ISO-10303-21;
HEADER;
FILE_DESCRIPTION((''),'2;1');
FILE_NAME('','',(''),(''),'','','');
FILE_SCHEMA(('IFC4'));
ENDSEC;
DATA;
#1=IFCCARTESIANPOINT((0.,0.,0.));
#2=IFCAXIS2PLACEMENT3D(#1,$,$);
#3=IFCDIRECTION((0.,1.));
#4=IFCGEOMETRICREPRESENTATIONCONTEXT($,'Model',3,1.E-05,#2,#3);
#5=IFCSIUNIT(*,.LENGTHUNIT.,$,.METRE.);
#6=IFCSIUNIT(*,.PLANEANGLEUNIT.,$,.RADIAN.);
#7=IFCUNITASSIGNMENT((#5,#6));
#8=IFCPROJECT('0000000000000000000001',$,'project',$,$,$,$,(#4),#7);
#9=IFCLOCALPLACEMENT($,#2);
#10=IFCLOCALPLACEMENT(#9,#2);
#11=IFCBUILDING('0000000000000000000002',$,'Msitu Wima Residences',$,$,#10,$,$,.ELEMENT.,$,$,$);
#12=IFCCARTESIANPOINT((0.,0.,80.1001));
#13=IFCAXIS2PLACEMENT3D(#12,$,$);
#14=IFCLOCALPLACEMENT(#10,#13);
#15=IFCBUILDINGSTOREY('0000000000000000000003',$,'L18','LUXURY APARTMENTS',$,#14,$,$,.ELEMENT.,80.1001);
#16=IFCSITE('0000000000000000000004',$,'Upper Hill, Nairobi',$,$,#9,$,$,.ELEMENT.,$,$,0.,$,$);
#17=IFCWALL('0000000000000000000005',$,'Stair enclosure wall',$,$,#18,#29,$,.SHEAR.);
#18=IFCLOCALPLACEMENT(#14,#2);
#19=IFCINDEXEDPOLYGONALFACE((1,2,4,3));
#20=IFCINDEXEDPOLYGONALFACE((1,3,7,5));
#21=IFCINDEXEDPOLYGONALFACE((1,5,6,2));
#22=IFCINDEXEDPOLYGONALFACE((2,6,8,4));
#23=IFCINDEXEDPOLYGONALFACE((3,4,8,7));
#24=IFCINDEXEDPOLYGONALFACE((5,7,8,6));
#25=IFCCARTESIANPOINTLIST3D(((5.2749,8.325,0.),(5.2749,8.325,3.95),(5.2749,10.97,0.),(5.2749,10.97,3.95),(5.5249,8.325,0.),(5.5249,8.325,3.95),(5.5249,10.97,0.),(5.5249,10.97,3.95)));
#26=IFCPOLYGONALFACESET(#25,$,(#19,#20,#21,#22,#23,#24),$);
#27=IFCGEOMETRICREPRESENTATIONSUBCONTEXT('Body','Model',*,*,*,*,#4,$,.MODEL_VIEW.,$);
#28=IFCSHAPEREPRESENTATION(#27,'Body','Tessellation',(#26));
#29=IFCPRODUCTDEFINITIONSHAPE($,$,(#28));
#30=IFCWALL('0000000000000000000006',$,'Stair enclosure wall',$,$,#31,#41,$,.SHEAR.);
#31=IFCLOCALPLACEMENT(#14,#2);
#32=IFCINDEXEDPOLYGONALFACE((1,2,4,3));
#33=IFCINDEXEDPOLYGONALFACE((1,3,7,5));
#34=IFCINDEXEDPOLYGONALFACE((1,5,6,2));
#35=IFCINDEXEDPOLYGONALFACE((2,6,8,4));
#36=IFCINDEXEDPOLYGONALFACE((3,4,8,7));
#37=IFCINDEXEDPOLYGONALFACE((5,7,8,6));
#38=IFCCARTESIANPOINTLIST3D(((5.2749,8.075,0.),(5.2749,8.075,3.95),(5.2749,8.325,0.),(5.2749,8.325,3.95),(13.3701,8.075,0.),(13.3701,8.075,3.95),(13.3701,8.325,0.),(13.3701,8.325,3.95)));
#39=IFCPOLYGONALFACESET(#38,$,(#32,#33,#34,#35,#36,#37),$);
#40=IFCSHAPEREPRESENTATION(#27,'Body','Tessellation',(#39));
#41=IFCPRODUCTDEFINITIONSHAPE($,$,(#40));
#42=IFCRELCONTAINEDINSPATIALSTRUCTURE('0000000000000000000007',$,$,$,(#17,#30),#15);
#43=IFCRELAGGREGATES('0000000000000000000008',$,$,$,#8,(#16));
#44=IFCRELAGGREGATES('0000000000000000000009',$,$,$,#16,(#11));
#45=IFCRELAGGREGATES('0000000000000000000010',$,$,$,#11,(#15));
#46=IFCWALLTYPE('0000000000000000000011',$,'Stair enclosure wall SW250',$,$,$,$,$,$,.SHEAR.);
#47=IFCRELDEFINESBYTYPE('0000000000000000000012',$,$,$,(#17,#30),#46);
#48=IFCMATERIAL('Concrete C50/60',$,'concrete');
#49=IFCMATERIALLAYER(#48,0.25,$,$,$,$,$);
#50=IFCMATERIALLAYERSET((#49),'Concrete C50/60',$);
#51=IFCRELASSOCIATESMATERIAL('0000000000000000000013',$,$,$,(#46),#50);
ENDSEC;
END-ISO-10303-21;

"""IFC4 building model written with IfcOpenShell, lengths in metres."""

from ifc_helpers import new_model, si_unit, direction, frame, frame_2d, origin, place, context, subcontext, project, spatial, rectangle, extrude, material, layer, layer_set, type_object, element, save


model = new_model("IFC4")

# Units and contexts
model_context = context("Model", 3, precision=1e-05, world=origin(), true_north=direction((0.0, 1.0)))
body_context = subcontext(model_context, "Body", "Model", "MODEL_VIEW")
ifc_project = project(units=[si_unit("LENGTHUNIT", "METRE"), si_unit("PLANEANGLEUNIT", "RADIAN")], contexts=[model_context])

# Site, building, storey
site_placement = place(None, origin())
site = spatial("IfcSite", under=ifc_project, at=site_placement, Name="Upper Hill, Nairobi", CompositionType="ELEMENT", RefElevation=0.0)
building_placement = place(site_placement, origin())
building = spatial("IfcBuilding", under=site, at=building_placement, Name="Msitu Wima Residences", CompositionType="ELEMENT")
storey_placement = place(building_placement, frame((0.0, 0.0, 80.1001)))
storey = spatial("IfcBuildingStorey", under=building, at=storey_placement, Name="L18", Description="LUXURY APARTMENTS", CompositionType="ELEMENT", Elevation=80.1001)

# Walls
ifc_material_1 = material(Name="Concrete C50/60", Category="concrete")
ifc_layer_1 = layer(ifc_material_1, 0.25)
ifc_layer_set_1 = layer_set([ifc_layer_1], Name="Concrete C50/60")
wall_type_1 = type_object("IfcWallType", Name="Stair enclosure wall SW250", PredefinedType="SHEAR", material=ifc_layer_set_1)
wall_1_placement = place(storey_placement, frame((5.3999, 8.325, 0.0), z_axis=(0.0, 0.0, 1.0), x_axis=(0.0, 1.0, 0.0)))
element("IfcWall", 1, at=wall_1_placement, inside=storey, type_object=wall_type_1, Name="Stair enclosure wall", PredefinedType="SHEAR", context=body_context, shape_type="SweptSolid", body=[
    extrude(rectangle(XDim=2.645, YDim=0.25, at=frame_2d((1.3225, 0.0))), origin(), (0.0, 0.0, 1.0), 3.95),
])
wall_2_placement = place(storey_placement, frame((5.2749, 8.2, 0.0), z_axis=(0.0, 0.0, 1.0), x_axis=(1.0, 0.0, 0.0)))
element("IfcWall", 2, at=wall_2_placement, inside=storey, type_object=wall_type_1, Name="Stair enclosure wall", PredefinedType="SHEAR", context=body_context, shape_type="SweptSolid", body=[
    extrude(rectangle(XDim=8.0952, YDim=0.25, at=frame_2d((4.0476, 0.0))), origin(), (0.0, 0.0, 1.0), 3.95),
])

save(model, "model.ifc")
